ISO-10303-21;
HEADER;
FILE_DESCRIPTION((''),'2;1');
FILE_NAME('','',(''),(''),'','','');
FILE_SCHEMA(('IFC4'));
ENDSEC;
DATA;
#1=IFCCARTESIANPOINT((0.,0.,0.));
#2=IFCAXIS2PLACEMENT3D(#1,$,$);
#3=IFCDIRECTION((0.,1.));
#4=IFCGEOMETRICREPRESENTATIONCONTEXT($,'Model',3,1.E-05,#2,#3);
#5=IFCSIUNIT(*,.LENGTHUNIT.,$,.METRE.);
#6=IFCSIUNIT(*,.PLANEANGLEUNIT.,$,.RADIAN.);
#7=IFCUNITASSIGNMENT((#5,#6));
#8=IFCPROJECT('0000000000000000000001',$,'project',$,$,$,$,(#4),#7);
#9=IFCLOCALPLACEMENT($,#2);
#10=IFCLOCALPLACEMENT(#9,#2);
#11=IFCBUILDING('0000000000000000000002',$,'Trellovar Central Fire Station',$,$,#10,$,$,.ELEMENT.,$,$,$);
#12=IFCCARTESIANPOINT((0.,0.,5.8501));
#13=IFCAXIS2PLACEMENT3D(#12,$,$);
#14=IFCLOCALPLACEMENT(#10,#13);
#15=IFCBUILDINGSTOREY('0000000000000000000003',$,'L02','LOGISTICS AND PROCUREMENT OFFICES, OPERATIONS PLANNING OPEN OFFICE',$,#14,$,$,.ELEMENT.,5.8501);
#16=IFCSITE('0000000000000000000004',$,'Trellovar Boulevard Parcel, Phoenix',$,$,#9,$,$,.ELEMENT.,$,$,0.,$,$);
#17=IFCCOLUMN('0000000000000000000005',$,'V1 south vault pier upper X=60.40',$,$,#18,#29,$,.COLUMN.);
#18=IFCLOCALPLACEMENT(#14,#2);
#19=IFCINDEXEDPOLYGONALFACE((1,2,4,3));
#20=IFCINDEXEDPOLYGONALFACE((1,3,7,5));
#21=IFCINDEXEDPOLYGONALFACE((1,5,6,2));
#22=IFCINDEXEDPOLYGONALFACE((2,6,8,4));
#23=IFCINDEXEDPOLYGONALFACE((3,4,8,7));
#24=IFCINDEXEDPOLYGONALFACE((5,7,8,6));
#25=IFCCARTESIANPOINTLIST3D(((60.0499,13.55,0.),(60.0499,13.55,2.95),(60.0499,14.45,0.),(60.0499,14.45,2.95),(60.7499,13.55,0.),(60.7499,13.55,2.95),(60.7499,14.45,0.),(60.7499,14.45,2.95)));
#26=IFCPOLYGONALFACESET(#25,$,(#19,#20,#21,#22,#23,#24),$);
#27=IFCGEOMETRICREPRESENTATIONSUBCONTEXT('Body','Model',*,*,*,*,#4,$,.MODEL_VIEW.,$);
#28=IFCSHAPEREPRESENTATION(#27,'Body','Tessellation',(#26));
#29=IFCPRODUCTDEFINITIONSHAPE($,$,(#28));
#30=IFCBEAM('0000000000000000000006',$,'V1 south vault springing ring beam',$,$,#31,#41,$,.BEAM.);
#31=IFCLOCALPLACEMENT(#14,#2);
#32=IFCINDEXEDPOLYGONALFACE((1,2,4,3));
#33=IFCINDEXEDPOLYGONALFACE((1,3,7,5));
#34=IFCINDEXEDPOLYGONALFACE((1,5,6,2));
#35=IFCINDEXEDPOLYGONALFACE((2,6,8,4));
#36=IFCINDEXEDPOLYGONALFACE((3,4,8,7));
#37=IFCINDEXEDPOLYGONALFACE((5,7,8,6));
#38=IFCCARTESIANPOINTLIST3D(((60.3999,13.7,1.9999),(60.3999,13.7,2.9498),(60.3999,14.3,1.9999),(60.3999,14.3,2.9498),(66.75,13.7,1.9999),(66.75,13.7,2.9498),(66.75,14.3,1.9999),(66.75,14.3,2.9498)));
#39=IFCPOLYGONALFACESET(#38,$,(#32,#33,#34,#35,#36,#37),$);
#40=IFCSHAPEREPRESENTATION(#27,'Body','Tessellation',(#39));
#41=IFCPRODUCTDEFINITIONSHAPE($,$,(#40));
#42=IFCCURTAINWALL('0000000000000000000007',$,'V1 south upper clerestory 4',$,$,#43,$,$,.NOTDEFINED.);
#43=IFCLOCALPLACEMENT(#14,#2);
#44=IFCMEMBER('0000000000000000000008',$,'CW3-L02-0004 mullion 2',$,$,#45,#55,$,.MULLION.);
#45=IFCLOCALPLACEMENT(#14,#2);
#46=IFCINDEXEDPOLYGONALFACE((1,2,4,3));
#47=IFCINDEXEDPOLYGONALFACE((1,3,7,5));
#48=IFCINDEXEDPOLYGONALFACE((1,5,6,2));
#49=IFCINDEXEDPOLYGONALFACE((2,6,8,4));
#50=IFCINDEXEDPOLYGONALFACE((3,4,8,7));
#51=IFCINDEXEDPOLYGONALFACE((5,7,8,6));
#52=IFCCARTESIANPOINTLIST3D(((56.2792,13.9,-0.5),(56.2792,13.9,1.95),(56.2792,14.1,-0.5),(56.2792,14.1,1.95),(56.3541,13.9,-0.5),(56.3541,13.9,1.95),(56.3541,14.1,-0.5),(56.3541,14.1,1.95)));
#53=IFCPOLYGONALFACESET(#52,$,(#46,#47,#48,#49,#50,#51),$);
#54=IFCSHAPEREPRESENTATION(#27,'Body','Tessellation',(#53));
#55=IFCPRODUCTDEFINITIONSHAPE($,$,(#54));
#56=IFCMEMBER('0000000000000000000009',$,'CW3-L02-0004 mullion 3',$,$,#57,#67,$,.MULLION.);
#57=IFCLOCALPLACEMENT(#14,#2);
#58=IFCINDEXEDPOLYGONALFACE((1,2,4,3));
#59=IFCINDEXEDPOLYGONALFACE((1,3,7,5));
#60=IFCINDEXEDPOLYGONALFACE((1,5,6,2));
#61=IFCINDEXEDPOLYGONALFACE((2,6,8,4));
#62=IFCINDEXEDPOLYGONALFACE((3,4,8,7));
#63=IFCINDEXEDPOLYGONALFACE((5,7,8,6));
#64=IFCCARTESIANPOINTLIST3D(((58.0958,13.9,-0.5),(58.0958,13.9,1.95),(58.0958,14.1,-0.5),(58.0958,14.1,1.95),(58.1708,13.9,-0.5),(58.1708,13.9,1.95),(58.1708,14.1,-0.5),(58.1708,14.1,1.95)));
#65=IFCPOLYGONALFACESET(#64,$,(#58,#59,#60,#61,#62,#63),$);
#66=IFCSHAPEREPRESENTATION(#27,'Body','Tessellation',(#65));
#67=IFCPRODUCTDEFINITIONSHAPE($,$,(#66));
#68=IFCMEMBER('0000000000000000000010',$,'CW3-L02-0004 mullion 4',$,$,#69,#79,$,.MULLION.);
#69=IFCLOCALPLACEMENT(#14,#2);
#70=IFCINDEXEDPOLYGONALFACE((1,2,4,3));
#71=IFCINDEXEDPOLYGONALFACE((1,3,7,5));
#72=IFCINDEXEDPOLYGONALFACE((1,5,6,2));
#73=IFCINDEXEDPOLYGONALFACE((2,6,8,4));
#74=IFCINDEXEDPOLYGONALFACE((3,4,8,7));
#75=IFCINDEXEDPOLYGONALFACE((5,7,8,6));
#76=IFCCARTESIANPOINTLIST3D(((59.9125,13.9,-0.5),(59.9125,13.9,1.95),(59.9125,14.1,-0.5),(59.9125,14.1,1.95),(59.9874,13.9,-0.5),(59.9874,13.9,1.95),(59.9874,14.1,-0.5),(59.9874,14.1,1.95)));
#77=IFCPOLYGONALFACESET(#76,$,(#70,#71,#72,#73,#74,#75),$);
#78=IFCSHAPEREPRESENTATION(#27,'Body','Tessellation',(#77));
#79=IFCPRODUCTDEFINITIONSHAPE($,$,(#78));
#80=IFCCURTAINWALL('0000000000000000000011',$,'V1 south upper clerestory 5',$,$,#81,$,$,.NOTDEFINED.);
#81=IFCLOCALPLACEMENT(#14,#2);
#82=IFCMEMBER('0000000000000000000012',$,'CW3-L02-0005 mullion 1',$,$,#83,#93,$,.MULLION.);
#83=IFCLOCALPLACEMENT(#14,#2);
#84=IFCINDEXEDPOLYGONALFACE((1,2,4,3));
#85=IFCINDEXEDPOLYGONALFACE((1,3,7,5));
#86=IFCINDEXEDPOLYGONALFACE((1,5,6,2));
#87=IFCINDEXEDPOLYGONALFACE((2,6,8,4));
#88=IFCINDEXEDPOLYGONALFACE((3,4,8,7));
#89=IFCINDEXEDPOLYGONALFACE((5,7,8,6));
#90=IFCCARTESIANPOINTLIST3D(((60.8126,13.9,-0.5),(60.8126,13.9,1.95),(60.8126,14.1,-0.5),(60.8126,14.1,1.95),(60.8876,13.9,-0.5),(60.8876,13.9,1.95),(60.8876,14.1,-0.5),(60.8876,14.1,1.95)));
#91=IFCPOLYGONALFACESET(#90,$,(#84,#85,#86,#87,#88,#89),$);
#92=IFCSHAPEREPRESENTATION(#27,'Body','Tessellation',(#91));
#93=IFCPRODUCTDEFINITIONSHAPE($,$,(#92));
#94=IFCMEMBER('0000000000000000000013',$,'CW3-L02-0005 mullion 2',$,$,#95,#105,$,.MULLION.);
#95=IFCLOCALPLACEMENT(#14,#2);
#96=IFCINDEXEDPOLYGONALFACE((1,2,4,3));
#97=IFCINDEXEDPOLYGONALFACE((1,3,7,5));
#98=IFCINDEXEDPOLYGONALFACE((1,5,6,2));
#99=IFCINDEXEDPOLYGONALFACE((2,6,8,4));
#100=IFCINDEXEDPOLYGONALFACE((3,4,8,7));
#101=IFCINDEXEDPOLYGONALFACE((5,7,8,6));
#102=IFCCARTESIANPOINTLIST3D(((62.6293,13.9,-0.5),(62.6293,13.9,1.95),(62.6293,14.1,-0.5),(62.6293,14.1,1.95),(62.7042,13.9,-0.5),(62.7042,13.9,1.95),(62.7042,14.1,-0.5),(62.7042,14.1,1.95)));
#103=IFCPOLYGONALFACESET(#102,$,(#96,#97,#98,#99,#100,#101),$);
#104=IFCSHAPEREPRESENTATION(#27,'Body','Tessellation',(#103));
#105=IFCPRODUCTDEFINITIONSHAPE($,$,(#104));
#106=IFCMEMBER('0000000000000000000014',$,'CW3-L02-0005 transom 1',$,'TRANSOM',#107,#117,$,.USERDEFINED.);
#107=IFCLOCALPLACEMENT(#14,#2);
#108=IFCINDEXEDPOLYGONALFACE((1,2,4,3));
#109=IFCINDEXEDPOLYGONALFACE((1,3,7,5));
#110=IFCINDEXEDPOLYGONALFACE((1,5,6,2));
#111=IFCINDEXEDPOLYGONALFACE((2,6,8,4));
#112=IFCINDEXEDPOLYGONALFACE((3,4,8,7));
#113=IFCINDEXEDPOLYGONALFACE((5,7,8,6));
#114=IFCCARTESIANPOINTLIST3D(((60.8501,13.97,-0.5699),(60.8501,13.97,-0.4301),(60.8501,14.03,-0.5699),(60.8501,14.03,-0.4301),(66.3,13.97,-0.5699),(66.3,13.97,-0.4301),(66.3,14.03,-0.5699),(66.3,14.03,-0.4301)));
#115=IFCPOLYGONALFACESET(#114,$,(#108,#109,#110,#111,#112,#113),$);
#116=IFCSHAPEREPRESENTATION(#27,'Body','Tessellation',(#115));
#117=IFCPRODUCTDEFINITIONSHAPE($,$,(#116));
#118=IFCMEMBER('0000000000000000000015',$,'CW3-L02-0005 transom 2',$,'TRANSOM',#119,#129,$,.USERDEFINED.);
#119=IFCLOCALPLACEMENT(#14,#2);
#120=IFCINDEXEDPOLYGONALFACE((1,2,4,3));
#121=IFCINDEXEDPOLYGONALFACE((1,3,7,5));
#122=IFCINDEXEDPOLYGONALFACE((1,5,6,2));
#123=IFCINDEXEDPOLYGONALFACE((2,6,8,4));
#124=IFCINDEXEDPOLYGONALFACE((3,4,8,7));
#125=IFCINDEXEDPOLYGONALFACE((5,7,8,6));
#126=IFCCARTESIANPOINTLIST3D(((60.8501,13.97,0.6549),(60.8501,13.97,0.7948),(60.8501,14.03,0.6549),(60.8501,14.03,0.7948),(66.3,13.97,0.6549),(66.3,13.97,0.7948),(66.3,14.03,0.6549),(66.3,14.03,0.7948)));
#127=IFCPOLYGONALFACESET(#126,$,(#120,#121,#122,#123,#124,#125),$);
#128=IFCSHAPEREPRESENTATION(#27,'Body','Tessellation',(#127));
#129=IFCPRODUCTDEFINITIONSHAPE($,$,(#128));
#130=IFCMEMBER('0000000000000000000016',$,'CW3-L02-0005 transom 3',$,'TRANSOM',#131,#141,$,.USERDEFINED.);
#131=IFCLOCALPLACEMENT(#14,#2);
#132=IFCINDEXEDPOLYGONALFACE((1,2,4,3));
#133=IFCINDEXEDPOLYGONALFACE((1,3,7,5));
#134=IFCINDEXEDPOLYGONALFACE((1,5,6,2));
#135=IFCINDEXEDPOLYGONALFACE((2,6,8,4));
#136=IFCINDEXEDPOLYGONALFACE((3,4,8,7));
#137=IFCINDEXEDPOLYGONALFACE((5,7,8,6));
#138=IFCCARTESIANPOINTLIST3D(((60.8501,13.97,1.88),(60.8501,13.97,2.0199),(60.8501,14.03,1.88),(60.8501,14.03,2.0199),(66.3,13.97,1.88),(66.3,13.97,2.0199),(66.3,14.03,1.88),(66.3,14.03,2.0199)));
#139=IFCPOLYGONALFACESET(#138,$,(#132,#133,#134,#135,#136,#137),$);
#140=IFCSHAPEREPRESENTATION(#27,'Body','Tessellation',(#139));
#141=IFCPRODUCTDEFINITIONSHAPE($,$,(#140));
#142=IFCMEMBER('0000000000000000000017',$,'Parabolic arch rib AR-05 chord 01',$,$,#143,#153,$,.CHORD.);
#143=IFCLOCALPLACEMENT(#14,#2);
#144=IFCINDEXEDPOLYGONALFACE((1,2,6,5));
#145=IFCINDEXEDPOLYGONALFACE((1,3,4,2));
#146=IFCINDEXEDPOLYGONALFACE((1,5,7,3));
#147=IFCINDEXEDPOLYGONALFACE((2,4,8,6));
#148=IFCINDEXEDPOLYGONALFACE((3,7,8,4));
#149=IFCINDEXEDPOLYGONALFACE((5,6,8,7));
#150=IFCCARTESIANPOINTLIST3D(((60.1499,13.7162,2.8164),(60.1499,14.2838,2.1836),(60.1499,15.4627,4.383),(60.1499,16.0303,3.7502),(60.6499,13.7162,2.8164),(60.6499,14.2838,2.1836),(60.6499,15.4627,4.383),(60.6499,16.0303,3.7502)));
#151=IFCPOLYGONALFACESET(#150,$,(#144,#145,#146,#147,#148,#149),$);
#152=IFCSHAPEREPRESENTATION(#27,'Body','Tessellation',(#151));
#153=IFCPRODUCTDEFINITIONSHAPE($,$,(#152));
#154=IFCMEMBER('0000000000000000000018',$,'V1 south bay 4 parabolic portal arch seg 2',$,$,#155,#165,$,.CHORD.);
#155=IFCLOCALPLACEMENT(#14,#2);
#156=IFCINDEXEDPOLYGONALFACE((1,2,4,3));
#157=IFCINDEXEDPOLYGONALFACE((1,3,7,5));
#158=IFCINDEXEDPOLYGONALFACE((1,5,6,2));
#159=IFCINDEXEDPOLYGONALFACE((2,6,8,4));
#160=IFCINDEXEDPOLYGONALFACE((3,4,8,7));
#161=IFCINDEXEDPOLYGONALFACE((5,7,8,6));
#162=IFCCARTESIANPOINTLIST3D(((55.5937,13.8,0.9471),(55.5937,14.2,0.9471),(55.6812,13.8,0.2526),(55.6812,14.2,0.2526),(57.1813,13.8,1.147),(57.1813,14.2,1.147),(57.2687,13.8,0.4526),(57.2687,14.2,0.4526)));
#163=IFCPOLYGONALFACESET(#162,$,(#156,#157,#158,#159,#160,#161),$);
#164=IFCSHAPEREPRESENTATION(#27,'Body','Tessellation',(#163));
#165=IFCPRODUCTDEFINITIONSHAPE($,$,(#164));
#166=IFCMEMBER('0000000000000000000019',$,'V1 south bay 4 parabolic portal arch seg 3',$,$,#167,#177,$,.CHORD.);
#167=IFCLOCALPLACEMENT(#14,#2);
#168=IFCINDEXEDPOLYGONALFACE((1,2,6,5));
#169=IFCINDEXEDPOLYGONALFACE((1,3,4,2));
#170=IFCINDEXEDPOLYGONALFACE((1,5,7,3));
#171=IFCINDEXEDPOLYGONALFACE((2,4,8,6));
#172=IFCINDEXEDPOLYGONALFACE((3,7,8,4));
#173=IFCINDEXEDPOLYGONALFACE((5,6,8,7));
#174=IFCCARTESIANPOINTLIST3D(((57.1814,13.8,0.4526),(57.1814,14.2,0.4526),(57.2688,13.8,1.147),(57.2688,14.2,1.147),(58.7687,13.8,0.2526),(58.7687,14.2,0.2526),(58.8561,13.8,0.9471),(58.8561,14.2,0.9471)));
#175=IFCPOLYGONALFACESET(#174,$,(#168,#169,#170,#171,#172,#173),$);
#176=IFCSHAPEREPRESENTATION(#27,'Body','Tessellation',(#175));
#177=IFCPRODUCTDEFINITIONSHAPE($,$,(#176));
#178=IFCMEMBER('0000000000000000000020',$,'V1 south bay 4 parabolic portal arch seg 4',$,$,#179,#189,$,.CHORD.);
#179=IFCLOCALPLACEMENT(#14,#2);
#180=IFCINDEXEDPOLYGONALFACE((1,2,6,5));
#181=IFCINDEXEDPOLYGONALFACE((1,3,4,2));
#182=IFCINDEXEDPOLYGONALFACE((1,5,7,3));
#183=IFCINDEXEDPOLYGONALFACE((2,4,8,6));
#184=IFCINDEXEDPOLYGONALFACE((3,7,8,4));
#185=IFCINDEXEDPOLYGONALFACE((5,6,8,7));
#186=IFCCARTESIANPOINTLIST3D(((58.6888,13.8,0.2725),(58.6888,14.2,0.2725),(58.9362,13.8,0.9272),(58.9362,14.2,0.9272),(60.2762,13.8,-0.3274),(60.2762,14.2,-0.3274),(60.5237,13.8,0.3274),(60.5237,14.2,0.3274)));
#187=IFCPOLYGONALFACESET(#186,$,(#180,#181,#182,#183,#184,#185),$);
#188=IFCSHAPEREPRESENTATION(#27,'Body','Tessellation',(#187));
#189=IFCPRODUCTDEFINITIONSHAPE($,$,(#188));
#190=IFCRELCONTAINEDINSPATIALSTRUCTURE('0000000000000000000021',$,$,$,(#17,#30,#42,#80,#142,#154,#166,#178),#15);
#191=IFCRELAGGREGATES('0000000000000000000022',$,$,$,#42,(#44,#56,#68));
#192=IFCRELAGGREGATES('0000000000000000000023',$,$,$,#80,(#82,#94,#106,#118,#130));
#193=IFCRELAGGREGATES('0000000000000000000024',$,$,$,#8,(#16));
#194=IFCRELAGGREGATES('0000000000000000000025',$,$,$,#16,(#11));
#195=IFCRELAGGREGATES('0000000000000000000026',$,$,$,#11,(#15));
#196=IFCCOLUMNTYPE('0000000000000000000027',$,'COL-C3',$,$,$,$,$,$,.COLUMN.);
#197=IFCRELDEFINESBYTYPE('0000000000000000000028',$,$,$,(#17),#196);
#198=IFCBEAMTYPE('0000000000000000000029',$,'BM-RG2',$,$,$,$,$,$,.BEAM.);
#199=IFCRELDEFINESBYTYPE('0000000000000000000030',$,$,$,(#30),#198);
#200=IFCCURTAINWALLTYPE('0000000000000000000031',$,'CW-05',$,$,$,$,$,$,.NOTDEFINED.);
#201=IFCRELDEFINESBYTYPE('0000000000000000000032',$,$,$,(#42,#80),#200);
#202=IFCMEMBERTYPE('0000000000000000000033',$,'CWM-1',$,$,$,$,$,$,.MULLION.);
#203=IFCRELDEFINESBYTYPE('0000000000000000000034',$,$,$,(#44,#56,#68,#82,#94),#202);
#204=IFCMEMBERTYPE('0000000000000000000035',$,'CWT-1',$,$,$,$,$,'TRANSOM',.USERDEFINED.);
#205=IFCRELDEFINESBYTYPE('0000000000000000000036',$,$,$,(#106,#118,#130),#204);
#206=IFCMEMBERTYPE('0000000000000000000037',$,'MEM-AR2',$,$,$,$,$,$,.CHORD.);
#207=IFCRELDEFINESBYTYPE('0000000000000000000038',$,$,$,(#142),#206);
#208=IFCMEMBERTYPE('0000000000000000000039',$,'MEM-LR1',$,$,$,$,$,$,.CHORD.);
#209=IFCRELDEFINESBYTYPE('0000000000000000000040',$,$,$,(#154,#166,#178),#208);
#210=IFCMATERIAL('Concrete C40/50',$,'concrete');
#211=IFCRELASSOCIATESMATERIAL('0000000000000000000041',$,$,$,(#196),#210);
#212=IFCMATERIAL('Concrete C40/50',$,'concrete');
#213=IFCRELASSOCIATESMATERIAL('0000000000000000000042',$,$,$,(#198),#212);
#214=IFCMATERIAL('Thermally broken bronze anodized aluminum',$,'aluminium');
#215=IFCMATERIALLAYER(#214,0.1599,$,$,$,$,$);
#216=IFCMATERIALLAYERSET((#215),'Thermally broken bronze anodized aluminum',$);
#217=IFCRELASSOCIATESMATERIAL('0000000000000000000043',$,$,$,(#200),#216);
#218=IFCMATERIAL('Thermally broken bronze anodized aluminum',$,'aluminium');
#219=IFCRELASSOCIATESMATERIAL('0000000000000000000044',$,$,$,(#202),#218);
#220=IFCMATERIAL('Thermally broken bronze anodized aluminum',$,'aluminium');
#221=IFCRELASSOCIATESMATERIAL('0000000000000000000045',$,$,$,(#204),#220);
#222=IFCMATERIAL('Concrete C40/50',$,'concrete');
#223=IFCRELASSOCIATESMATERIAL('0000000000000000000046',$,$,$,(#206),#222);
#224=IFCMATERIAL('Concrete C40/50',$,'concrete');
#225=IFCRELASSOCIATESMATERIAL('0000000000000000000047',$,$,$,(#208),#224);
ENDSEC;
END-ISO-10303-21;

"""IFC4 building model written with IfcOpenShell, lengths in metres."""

from ifc_helpers import new_model, si_unit, direction, frame, origin, origin_2d, place, context, subcontext, project, spatial, rectangle, extrude, material, layer, layer_set, material_profile, profile_set, type_object, element, aggregate, save


model = new_model("IFC4")

# Units and contexts
model_context = context("Model", 3, precision=1e-05, world=origin(), true_north=direction((0.0, 1.0)))
body_context = subcontext(model_context, "Body", "Model", "MODEL_VIEW")
ifc_project = project(units=[si_unit("LENGTHUNIT", "METRE"), si_unit("PLANEANGLEUNIT", "RADIAN")], contexts=[model_context])

# Site, building, storey
site_placement = place(None, origin())
site = spatial("IfcSite", under=ifc_project, at=site_placement, Name="Trellovar Boulevard Parcel, Phoenix", CompositionType="ELEMENT", RefElevation=0.0)
building_placement = place(site_placement, origin())
building = spatial("IfcBuilding", under=site, at=building_placement, Name="Trellovar Central Fire Station", CompositionType="ELEMENT")
storey_placement = place(building_placement, frame((0.0, 0.0, 5.8501)))
storey = spatial("IfcBuildingStorey", under=building, at=storey_placement, Name="L02", Description="LOGISTICS AND PROCUREMENT OFFICES, OPERATIONS PLANNING OPEN OFFICE", CompositionType="ELEMENT", Elevation=5.8501)

# Column
ifc_material_1 = material(Name="Concrete C40/50", Category="concrete")
ifc_material_profile_1 = material_profile(ifc_material_1, rectangle(XDim=0.7, YDim=0.8999, at=origin_2d()), Name="RC700X900")
ifc_profile_set_1 = profile_set([ifc_material_profile_1], Name="Concrete C40/50")
column_type = type_object("IfcColumnType", Name="COL-C3", PredefinedType="COLUMN", material=ifc_profile_set_1)
column_placement = place(storey_placement, frame((60.3999, 14.0, 0.0), z_axis=(0.0, 0.0, 1.0), x_axis=(1.0, 0.0, 0.0)))
element("IfcColumn", 1, at=column_placement, inside=storey, type_object=column_type, Name="V1 south vault pier upper X=60.40", PredefinedType="COLUMN", context=body_context, shape_type="SweptSolid", body=[
    extrude(rectangle(XDim=0.7, YDim=0.8999, at=origin_2d()), origin(), (0.0, 0.0, 1.0), 2.95),
])

# Beam
ifc_material_2 = material(Name="Concrete C40/50", Category="concrete")
ifc_material_profile_2 = material_profile(ifc_material_2, rectangle(XDim=0.6001, YDim=0.95, at=origin_2d()), Name="RC600X950")
ifc_profile_set_2 = profile_set([ifc_material_profile_2], Name="Concrete C40/50")
beam_type = type_object("IfcBeamType", Name="BM-RG2", PredefinedType="BEAM", material=ifc_profile_set_2)
beam_placement = place(storey_placement, frame((60.3999, 14.0, 2.4749), z_axis=(1.0, 0.0, 0.0), x_axis=(0.0, 1.0, 0.0)))
element("IfcBeam", 2, at=beam_placement, inside=storey, type_object=beam_type, Name="V1 south vault springing ring beam", PredefinedType="BEAM", context=body_context, shape_type="SweptSolid", body=[
    extrude(rectangle(XDim=0.6001, YDim=0.95, at=origin_2d()), origin(), (0.0, 0.0, 1.0), 6.3501),
])

# Curtain walls, members
ifc_material_3 = material(Name="Thermally broken bronze anodized aluminum", Category="aluminium")
ifc_layer_1 = layer(ifc_material_3, 0.1599)
ifc_layer_set_1 = layer_set([ifc_layer_1], Name="Thermally broken bronze anodized aluminum")
curtain_wall_type = type_object("IfcCurtainWallType", Name="CW-05", PredefinedType="NOTDEFINED", material=ifc_layer_set_1)
curtain_wall_1_placement = place(storey_placement, origin())
curtain_wall_1 = element("IfcCurtainWall", 3, at=curtain_wall_1_placement, inside=storey, type_object=curtain_wall_type, Name="V1 south upper clerestory 4", PredefinedType="NOTDEFINED")
ifc_material_4 = material(Name="Thermally broken bronze anodized aluminum", Category="aluminium")
ifc_material_profile_3 = material_profile(ifc_material_4, rectangle(XDim=0.075, YDim=0.2, at=origin_2d()), Name="ALU75X200")
ifc_profile_set_3 = profile_set([ifc_material_profile_3], Name="Thermally broken bronze anodized aluminum")
member_type_1 = type_object("IfcMemberType", Name="CWM-1", PredefinedType="MULLION", material=ifc_profile_set_3)
member_1_placement = place(storey_placement, frame((56.3167, 14.0, -0.5), z_axis=(0.0, 0.0, 1.0), x_axis=(1.0, 0.0, 0.0)))
member_1 = element("IfcMember", 4, at=member_1_placement, type_object=member_type_1, Name="CW3-L02-0004 mullion 2", PredefinedType="MULLION", context=body_context, shape_type="SweptSolid", body=[
    extrude(rectangle(XDim=0.075, YDim=0.2, at=origin_2d()), origin(), (0.0, 0.0, 1.0), 2.45),
])
member_2_placement = place(storey_placement, frame((58.1333, 14.0, -0.5), z_axis=(0.0, 0.0, 1.0), x_axis=(1.0, 0.0, 0.0)))
member_2 = element("IfcMember", 5, at=member_2_placement, type_object=member_type_1, Name="CW3-L02-0004 mullion 3", PredefinedType="MULLION", context=body_context, shape_type="SweptSolid", body=[
    extrude(rectangle(XDim=0.075, YDim=0.2, at=origin_2d()), origin(), (0.0, 0.0, 1.0), 2.45),
])
member_3_placement = place(storey_placement, frame((59.95, 14.0, -0.5), z_axis=(0.0, 0.0, 1.0), x_axis=(1.0, 0.0, 0.0)))
member_3 = element("IfcMember", 6, at=member_3_placement, type_object=member_type_1, Name="CW3-L02-0004 mullion 4", PredefinedType="MULLION", context=body_context, shape_type="SweptSolid", body=[
    extrude(rectangle(XDim=0.075, YDim=0.2, at=origin_2d()), origin(), (0.0, 0.0, 1.0), 2.45),
])
curtain_wall_2_placement = place(storey_placement, origin())
curtain_wall_2 = element("IfcCurtainWall", 7, at=curtain_wall_2_placement, inside=storey, type_object=curtain_wall_type, Name="V1 south upper clerestory 5", PredefinedType="NOTDEFINED")
member_4_placement = place(storey_placement, frame((60.8501, 14.0, -0.5), z_axis=(0.0, 0.0, 1.0), x_axis=(1.0, 0.0, 0.0)))
member_4 = element("IfcMember", 8, at=member_4_placement, type_object=member_type_1, Name="CW3-L02-0005 mullion 1", PredefinedType="MULLION", context=body_context, shape_type="SweptSolid", body=[
    extrude(rectangle(XDim=0.075, YDim=0.2, at=origin_2d()), origin(), (0.0, 0.0, 1.0), 2.45),
])
member_5_placement = place(storey_placement, frame((62.6667, 14.0, -0.5), z_axis=(0.0, 0.0, 1.0), x_axis=(1.0, 0.0, 0.0)))
member_5 = element("IfcMember", 9, at=member_5_placement, type_object=member_type_1, Name="CW3-L02-0005 mullion 2", PredefinedType="MULLION", context=body_context, shape_type="SweptSolid", body=[
    extrude(rectangle(XDim=0.075, YDim=0.2, at=origin_2d()), origin(), (0.0, 0.0, 1.0), 2.45),
])
ifc_material_5 = material(Name="Thermally broken bronze anodized aluminum", Category="aluminium")
ifc_material_profile_4 = material_profile(ifc_material_5, rectangle(XDim=0.0601, YDim=0.1399, at=origin_2d()), Name="ALU60X140")
ifc_profile_set_4 = profile_set([ifc_material_profile_4], Name="Thermally broken bronze anodized aluminum")
member_type_2 = type_object("IfcMemberType", Name="CWT-1", ElementType="TRANSOM", PredefinedType="USERDEFINED", material=ifc_profile_set_4)
member_6_placement = place(storey_placement, frame((60.8501, 14.0, -0.5), z_axis=(1.0, 0.0, 0.0), x_axis=(0.0, 1.0, 0.0)))
member_6 = element("IfcMember", 10, at=member_6_placement, type_object=member_type_2, Name="CW3-L02-0005 transom 1", ObjectType="TRANSOM", PredefinedType="USERDEFINED", context=body_context, shape_type="SweptSolid", body=[
    extrude(rectangle(XDim=0.0601, YDim=0.1399, at=origin_2d()), origin(), (0.0, 0.0, 1.0), 5.45),
])
member_7_placement = place(storey_placement, frame((60.8501, 14.0, 0.7249), z_axis=(1.0, 0.0, 0.0), x_axis=(0.0, 1.0, 0.0)))
member_7 = element("IfcMember", 11, at=member_7_placement, type_object=member_type_2, Name="CW3-L02-0005 transom 2", ObjectType="TRANSOM", PredefinedType="USERDEFINED", context=body_context, shape_type="SweptSolid", body=[
    extrude(rectangle(XDim=0.0601, YDim=0.1399, at=origin_2d()), origin(), (0.0, 0.0, 1.0), 5.45),
])
member_8_placement = place(storey_placement, frame((60.8501, 14.0, 1.95), z_axis=(1.0, 0.0, 0.0), x_axis=(0.0, 1.0, 0.0)))
member_8 = element("IfcMember", 12, at=member_8_placement, type_object=member_type_2, Name="CW3-L02-0005 transom 3", ObjectType="TRANSOM", PredefinedType="USERDEFINED", context=body_context, shape_type="SweptSolid", body=[
    extrude(rectangle(XDim=0.0601, YDim=0.1399, at=origin_2d()), origin(), (0.0, 0.0, 1.0), 5.45),
])

# Members
ifc_material_6 = material(Name="Concrete C40/50", Category="concrete")
ifc_material_profile_5 = material_profile(ifc_material_6, rectangle(XDim=0.5, YDim=0.8501, at=origin_2d()), Name="RC500X850")
ifc_profile_set_5 = profile_set([ifc_material_profile_5], Name="Concrete C40/50")
member_type_3 = type_object("IfcMemberType", Name="MEM-AR2", PredefinedType="CHORD", material=ifc_profile_set_5)
member_9_placement = place(storey_placement, frame((60.3999, 14.0, 2.5), z_axis=(0.0, 0.744411, 0.667722), x_axis=(-1.0, 0.0, 0.0)))
element("IfcMember", 13, at=member_9_placement, inside=storey, type_object=member_type_3, Name="Parabolic arch rib AR-05 chord 01", PredefinedType="CHORD", context=body_context, shape_type="SweptSolid", body=[
    extrude(rectangle(XDim=0.5, YDim=0.8501, at=origin_2d()), origin(), (0.0, 0.0, 1.0), 2.3462),
])
ifc_material_7 = material(Name="Concrete C40/50", Category="concrete")
ifc_material_profile_6 = material_profile(ifc_material_7, rectangle(XDim=0.3999, YDim=0.7, at=origin_2d()), Name="RC400X700")
ifc_profile_set_6 = profile_set([ifc_material_profile_6], Name="Concrete C40/50")
member_type_4 = type_object("IfcMemberType", Name="MEM-LR1", PredefinedType="CHORD", material=ifc_profile_set_6)
member_10_placement = place(storey_placement, frame((55.6375, 14.0, 0.5999), z_axis=(0.992162, 0.0, 0.124955), x_axis=(0.0, 1.0, 0.0)))
element("IfcMember", 14, at=member_10_placement, inside=storey, type_object=member_type_4, Name="V1 south bay 4 parabolic portal arch seg 2", PredefinedType="CHORD", context=body_context, shape_type="SweptSolid", body=[
    extrude(rectangle(XDim=0.3999, YDim=0.7, at=origin_2d()), origin(), (0.0, 0.0, 1.0), 1.6001),
])
member_11_placement = place(storey_placement, frame((57.2251, 14.0, 0.7998), z_axis=(0.99216, 0.0, -0.124974), x_axis=(0.0, 1.0, 0.0)))
element("IfcMember", 15, at=member_11_placement, inside=storey, type_object=member_type_4, Name="V1 south bay 4 parabolic portal arch seg 3", PredefinedType="CHORD", context=body_context, shape_type="SweptSolid", body=[
    extrude(rectangle(XDim=0.3999, YDim=0.7, at=origin_2d()), origin(), (0.0, 0.0, 1.0), 1.5999),
])
member_12_placement = place(storey_placement, frame((58.8125, 14.0, 0.5999), z_axis=(0.935439, 0.0, -0.353487), x_axis=(0.0, 1.0, 0.0)))
element("IfcMember", 16, at=member_12_placement, inside=storey, type_object=member_type_4, Name="V1 south bay 4 parabolic portal arch seg 4", PredefinedType="CHORD", context=body_context, shape_type="SweptSolid", body=[
    extrude(rectangle(XDim=0.3999, YDim=0.7, at=origin_2d()), origin(), (0.0, 0.0, 1.0), 1.697),
])

aggregate(curtain_wall_1, [member_1, member_2, member_3])
aggregate(curtain_wall_2, [member_4, member_5, member_6, member_7, member_8])

save(model, "model.ifc")
